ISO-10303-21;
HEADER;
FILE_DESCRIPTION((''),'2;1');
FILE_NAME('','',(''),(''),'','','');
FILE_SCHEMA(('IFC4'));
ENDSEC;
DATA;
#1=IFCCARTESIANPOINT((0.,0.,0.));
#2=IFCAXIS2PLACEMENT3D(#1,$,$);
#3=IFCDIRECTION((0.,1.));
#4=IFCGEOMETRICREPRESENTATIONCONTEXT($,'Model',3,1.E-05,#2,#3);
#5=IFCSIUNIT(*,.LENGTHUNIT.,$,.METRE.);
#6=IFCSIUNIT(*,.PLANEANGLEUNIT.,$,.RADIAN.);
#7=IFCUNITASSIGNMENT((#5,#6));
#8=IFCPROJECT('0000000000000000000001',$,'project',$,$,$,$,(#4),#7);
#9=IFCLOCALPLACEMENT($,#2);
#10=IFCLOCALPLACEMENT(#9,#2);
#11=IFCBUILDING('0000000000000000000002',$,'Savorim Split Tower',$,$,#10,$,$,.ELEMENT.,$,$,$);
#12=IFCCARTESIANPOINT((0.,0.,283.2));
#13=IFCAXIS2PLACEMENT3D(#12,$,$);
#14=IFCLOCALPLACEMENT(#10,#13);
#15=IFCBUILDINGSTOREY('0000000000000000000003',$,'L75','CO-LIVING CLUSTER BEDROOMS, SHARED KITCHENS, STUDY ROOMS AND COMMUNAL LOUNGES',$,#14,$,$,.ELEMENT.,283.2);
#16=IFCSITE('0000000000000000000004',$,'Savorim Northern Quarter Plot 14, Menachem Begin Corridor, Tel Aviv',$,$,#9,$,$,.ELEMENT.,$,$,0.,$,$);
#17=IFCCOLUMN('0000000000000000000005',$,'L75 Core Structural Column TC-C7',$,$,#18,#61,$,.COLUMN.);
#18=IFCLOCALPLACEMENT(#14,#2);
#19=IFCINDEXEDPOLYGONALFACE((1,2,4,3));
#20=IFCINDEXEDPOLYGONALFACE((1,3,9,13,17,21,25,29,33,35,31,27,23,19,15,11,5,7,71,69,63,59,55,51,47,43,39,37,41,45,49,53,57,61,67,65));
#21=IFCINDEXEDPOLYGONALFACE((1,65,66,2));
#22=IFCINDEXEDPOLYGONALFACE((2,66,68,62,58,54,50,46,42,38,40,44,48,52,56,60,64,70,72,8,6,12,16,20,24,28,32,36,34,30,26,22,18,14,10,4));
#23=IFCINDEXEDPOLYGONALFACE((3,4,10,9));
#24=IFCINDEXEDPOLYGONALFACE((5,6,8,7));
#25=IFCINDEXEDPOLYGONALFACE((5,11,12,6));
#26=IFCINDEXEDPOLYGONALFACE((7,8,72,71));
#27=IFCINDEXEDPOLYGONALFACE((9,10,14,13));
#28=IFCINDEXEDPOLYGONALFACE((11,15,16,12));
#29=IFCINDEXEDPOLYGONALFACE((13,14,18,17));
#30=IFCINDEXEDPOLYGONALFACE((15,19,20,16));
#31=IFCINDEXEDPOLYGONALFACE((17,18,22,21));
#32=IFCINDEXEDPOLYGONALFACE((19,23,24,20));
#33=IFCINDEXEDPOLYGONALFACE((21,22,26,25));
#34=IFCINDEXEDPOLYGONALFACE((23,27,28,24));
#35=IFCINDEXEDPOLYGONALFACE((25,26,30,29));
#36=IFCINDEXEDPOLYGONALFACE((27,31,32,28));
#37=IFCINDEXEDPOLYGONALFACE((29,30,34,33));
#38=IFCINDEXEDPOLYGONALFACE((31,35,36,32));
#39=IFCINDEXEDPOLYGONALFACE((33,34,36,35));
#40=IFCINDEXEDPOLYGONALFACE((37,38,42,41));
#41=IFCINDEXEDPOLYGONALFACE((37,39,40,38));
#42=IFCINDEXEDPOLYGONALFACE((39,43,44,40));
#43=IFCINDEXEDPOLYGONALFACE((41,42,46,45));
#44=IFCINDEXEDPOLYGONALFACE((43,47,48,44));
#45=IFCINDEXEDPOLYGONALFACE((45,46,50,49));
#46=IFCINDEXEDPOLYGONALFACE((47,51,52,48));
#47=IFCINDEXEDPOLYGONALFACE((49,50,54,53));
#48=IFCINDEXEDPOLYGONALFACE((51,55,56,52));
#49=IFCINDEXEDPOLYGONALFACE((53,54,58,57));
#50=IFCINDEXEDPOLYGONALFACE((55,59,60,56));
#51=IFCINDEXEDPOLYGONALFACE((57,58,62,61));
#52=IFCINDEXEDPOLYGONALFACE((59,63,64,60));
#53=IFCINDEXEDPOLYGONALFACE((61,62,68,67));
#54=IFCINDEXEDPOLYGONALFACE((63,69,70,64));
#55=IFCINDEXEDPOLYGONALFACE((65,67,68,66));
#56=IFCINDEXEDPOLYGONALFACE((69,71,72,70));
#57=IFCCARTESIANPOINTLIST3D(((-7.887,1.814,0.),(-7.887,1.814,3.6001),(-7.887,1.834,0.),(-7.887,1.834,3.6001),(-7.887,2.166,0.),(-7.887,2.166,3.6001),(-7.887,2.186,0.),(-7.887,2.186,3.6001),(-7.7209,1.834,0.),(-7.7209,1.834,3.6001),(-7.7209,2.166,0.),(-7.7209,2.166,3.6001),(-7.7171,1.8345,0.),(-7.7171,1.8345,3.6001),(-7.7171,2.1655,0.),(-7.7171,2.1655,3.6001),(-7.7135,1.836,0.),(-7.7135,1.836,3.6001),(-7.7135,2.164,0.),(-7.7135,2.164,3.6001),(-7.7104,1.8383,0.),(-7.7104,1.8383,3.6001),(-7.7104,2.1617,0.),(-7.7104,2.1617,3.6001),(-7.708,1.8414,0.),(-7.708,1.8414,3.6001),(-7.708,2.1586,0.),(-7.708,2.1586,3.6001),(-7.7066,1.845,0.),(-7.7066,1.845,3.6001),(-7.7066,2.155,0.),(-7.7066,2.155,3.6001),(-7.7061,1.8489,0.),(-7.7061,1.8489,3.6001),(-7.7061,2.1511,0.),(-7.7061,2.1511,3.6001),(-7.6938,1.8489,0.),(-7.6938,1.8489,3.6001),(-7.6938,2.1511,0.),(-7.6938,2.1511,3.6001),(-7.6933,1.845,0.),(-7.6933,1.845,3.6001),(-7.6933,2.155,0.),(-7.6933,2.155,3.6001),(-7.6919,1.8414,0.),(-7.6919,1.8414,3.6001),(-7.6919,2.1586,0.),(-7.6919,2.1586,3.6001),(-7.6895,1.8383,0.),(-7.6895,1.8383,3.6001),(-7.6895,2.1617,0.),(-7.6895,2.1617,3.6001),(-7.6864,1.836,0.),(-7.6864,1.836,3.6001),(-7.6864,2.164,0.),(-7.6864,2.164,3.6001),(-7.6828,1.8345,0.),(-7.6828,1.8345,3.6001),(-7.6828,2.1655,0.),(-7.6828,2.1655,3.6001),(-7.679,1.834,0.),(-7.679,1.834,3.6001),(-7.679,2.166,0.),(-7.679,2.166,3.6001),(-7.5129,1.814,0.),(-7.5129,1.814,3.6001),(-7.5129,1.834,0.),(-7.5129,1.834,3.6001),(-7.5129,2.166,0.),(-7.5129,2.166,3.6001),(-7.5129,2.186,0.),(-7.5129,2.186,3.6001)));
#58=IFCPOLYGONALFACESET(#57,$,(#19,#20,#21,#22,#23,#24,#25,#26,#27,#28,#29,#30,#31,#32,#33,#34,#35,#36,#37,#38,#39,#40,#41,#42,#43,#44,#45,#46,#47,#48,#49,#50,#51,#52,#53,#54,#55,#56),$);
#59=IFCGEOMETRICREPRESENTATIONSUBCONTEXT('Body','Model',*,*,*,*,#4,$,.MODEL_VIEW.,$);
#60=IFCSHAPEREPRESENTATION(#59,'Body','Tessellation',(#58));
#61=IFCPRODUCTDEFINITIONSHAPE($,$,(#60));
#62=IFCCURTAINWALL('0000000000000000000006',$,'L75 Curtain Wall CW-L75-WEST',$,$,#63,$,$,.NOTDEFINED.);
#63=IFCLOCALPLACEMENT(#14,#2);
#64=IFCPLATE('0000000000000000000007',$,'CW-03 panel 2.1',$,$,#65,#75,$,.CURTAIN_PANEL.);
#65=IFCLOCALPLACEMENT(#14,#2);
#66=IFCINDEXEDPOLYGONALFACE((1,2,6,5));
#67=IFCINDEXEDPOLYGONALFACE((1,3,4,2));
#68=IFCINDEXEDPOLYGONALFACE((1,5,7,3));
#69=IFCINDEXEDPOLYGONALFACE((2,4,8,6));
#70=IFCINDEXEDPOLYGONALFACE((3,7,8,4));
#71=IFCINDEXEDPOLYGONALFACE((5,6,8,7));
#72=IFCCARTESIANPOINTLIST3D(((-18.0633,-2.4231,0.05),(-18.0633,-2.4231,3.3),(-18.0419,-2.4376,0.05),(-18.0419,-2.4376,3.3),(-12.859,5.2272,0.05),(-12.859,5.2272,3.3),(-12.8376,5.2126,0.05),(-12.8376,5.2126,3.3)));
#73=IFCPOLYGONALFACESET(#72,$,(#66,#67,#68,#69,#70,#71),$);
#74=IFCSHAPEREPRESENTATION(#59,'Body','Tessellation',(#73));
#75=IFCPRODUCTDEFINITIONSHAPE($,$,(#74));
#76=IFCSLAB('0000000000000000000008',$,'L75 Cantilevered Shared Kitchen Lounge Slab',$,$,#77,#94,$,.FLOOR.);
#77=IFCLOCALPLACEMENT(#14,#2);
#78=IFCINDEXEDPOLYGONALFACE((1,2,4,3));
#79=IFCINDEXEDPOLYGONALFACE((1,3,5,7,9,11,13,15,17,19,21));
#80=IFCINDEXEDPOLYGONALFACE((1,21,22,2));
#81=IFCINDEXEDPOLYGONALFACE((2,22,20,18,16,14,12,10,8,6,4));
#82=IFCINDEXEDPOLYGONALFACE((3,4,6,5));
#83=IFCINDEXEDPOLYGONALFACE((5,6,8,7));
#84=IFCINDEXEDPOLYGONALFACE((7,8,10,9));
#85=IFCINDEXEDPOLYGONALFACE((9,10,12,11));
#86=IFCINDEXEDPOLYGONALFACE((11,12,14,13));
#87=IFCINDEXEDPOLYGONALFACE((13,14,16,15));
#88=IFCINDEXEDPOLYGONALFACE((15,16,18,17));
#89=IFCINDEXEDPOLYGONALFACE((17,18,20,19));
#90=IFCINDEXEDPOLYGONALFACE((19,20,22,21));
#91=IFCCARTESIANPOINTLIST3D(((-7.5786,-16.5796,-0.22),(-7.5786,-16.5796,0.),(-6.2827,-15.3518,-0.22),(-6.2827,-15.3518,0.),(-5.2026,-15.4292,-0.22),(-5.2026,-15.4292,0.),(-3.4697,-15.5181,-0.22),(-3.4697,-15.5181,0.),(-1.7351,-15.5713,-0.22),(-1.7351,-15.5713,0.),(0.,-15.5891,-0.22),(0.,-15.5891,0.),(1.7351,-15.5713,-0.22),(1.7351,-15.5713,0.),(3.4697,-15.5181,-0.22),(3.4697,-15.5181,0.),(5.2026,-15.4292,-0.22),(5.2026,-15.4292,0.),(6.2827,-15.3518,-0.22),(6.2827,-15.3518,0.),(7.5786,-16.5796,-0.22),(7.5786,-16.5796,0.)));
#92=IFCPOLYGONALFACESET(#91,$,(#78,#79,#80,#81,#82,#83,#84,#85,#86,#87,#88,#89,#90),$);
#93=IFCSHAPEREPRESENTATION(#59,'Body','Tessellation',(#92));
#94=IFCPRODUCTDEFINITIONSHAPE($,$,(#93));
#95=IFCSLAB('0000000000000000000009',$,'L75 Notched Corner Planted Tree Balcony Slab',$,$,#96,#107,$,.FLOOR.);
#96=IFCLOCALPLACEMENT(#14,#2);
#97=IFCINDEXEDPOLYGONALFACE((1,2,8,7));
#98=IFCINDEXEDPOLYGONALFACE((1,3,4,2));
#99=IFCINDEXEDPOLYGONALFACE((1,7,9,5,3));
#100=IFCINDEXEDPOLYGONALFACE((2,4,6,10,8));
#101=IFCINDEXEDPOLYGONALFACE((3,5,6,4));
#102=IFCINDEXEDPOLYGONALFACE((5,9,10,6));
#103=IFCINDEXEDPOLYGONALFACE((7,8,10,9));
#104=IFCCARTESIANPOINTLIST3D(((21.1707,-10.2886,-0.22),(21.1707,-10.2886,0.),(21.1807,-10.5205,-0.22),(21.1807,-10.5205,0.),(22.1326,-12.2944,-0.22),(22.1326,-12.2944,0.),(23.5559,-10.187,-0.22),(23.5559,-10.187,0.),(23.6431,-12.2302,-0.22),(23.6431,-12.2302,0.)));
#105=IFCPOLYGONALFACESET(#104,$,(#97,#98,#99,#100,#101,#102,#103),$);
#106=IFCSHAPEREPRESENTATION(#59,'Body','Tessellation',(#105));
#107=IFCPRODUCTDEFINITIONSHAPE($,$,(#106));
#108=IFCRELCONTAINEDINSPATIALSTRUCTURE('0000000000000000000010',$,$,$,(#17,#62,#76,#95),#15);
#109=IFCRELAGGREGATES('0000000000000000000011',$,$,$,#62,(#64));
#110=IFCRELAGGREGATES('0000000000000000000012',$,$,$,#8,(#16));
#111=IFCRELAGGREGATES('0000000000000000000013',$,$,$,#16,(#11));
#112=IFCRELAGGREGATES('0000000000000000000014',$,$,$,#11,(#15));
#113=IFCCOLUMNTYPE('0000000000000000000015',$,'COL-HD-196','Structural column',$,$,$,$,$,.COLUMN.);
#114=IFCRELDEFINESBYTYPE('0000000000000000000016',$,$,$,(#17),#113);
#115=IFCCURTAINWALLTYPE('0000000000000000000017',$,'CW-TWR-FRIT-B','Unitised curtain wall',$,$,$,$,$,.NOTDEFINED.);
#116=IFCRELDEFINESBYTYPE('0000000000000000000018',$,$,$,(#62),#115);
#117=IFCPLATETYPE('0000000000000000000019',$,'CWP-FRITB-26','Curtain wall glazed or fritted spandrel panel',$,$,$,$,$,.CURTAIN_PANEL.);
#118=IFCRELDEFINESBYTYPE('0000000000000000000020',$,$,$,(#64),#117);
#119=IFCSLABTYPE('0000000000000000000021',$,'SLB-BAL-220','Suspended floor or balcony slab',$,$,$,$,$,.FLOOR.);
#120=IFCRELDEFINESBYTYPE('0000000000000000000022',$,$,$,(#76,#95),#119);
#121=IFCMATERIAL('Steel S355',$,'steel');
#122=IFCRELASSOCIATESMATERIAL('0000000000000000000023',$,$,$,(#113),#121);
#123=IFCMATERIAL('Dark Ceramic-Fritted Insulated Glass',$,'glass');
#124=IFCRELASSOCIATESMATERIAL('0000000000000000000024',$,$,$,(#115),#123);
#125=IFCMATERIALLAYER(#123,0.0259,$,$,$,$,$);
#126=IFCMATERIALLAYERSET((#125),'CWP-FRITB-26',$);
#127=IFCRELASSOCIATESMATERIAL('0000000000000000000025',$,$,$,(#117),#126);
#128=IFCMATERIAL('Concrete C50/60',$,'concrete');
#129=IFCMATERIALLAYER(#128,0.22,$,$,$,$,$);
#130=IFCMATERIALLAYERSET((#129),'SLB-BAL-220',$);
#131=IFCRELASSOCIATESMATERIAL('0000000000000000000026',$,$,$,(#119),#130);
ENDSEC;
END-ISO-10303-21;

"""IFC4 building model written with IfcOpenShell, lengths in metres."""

from ifc_helpers import new_model, si_unit, direction, frame, origin, origin_2d, place, context, subcontext, project, spatial, polyline, rectangle, i_section, outline, extrude, material, layer, layer_set, material_profile, profile_set, type_object, element, aggregate, save


model = new_model("IFC4")

# Units and contexts
model_context = context("Model", 3, precision=1e-05, world=origin(), true_north=direction((0.0, 1.0)))
body_context = subcontext(model_context, "Body", "Model", "MODEL_VIEW")
ifc_project = project(units=[si_unit("LENGTHUNIT", "METRE"), si_unit("PLANEANGLEUNIT", "RADIAN")], contexts=[model_context])

# Site, building, storey
site_placement = place(None, origin())
site = spatial("IfcSite", under=ifc_project, at=site_placement, Name="Savorim Northern Quarter Plot 14, Menachem Begin Corridor, Tel Aviv", CompositionType="ELEMENT", RefElevation=0.0)
building_placement = place(site_placement, origin())
building = spatial("IfcBuilding", under=site, at=building_placement, Name="Savorim Split Tower", CompositionType="ELEMENT")
storey_placement = place(building_placement, frame((0.0, 0.0, 283.2)))
storey = spatial("IfcBuildingStorey", under=building, at=storey_placement, Name="L75", Description="CO-LIVING CLUSTER BEDROOMS, SHARED KITCHENS, STUDY ROOMS AND COMMUNAL LOUNGES", CompositionType="ELEMENT", Elevation=283.2)

# Column
ifc_material_1 = material(Name="Steel S355", Category="steel")
ifc_material_profile = material_profile(ifc_material_1, i_section(OverallWidth=0.374, OverallDepth=0.3721, WebThickness=0.0122, FlangeThickness=0.02, FilletRadius=0.0149, at=origin_2d()), Name="HD 360x196")
ifc_profile_set = profile_set([ifc_material_profile], Name="Steel S355")
column_type = type_object("IfcColumnType", Name="COL-HD-196", Description="Structural column", PredefinedType="COLUMN", material=ifc_profile_set)
column_placement = place(storey_placement, frame((-7.7, 2.0, 0.0), z_axis=(0.0, 0.0, 1.0), x_axis=(1.0, 0.0, 0.0)))
element("IfcColumn", 1, at=column_placement, inside=storey, type_object=column_type, Name="L75 Core Structural Column TC-C7", PredefinedType="COLUMN", context=body_context, shape_type="SweptSolid", body=[
    extrude(i_section(OverallWidth=0.374, OverallDepth=0.3721, WebThickness=0.0122, FlangeThickness=0.02, FilletRadius=0.0149, at=origin_2d()), origin(), (0.0, 0.0, 1.0), 3.6001),
])

# Curtain wall, plate
ifc_material_2 = material(Name="Dark Ceramic-Fritted Insulated Glass", Category="glass")
curtain_wall_type = type_object("IfcCurtainWallType", Name="CW-TWR-FRIT-B", Description="Unitised curtain wall", PredefinedType="NOTDEFINED", material=ifc_material_2)
curtain_wall_placement = place(storey_placement, origin())
curtain_wall = element("IfcCurtainWall", 2, at=curtain_wall_placement, inside=storey, type_object=curtain_wall_type, Name="L75 Curtain Wall CW-L75-WEST", PredefinedType="NOTDEFINED")
ifc_layer_1 = layer(ifc_material_2, 0.0259)
ifc_layer_set_1 = layer_set([ifc_layer_1], Name="CWP-FRITB-26")
plate_type = type_object("IfcPlateType", Name="CWP-FRITB-26", Description="Curtain wall glazed or fritted spandrel panel", PredefinedType="CURTAIN_PANEL", material=ifc_layer_set_1)
plate_placement = place(storey_placement, frame((-15.4504, 1.3948, 0.05), z_axis=(0.0, 0.0, 1.0), x_axis=(-0.56247, -0.826818, 0.0)))
plate = element("IfcPlate", 3, at=plate_placement, type_object=plate_type, Name="CW-03 panel 2.1", PredefinedType="CURTAIN_PANEL", context=body_context, shape_type="SweptSolid", body=[
    extrude(rectangle(XDim=9.2527, YDim=0.0259, at=origin_2d()), origin(), (0.0, 0.0, 1.0), 3.25),
])
aggregate(curtain_wall, [plate])

# Slabs
ifc_material_3 = material(Name="Concrete C50/60", Category="concrete")
ifc_layer_2 = layer(ifc_material_3, 0.22)
ifc_layer_set_2 = layer_set([ifc_layer_2], Name="SLB-BAL-220")
slab_type_1 = type_object("IfcSlabType", Name="SLB-BAL-220", Description="Suspended floor or balcony slab", PredefinedType="FLOOR", material=ifc_layer_set_2)
slab_1_placement = place(storey_placement, frame((0.0, 0.0, -0.22)))
element("IfcSlab", 4, at=slab_1_placement, inside=storey, type_object=slab_type_1, Name="L75 Cantilevered Shared Kitchen Lounge Slab", PredefinedType="FLOOR", context=body_context, shape_type="SweptSolid", body=[
    extrude(outline(polyline([(6.2827, -15.3518), (5.2026, -15.4292), (3.4697, -15.5181), (1.7351, -15.5713), (0.0, -15.5891), (-1.7351, -15.5713), (-3.4697, -15.5181), (-5.2026, -15.4292), (-6.2827, -15.3518), (-7.5786, -16.5796), (7.5786, -16.5796), (6.2827, -15.3518)])), origin(), (0.0, 0.0, 1.0), 0.22),
])
slab_2_placement = place(storey_placement, frame((0.0, 0.0, -0.22)))
element("IfcSlab", 5, at=slab_2_placement, inside=storey, type_object=slab_type_1, Name="L75 Notched Corner Planted Tree Balcony Slab", PredefinedType="FLOOR", context=body_context, shape_type="SweptSolid", body=[
    extrude(outline(polyline([(23.5559, -10.187), (21.1707, -10.2886), (21.1807, -10.5205), (22.1326, -12.2944), (23.6431, -12.2302), (23.5559, -10.187)])), origin(), (0.0, 0.0, 1.0), 0.22),
])

save(model, "model.ifc")
